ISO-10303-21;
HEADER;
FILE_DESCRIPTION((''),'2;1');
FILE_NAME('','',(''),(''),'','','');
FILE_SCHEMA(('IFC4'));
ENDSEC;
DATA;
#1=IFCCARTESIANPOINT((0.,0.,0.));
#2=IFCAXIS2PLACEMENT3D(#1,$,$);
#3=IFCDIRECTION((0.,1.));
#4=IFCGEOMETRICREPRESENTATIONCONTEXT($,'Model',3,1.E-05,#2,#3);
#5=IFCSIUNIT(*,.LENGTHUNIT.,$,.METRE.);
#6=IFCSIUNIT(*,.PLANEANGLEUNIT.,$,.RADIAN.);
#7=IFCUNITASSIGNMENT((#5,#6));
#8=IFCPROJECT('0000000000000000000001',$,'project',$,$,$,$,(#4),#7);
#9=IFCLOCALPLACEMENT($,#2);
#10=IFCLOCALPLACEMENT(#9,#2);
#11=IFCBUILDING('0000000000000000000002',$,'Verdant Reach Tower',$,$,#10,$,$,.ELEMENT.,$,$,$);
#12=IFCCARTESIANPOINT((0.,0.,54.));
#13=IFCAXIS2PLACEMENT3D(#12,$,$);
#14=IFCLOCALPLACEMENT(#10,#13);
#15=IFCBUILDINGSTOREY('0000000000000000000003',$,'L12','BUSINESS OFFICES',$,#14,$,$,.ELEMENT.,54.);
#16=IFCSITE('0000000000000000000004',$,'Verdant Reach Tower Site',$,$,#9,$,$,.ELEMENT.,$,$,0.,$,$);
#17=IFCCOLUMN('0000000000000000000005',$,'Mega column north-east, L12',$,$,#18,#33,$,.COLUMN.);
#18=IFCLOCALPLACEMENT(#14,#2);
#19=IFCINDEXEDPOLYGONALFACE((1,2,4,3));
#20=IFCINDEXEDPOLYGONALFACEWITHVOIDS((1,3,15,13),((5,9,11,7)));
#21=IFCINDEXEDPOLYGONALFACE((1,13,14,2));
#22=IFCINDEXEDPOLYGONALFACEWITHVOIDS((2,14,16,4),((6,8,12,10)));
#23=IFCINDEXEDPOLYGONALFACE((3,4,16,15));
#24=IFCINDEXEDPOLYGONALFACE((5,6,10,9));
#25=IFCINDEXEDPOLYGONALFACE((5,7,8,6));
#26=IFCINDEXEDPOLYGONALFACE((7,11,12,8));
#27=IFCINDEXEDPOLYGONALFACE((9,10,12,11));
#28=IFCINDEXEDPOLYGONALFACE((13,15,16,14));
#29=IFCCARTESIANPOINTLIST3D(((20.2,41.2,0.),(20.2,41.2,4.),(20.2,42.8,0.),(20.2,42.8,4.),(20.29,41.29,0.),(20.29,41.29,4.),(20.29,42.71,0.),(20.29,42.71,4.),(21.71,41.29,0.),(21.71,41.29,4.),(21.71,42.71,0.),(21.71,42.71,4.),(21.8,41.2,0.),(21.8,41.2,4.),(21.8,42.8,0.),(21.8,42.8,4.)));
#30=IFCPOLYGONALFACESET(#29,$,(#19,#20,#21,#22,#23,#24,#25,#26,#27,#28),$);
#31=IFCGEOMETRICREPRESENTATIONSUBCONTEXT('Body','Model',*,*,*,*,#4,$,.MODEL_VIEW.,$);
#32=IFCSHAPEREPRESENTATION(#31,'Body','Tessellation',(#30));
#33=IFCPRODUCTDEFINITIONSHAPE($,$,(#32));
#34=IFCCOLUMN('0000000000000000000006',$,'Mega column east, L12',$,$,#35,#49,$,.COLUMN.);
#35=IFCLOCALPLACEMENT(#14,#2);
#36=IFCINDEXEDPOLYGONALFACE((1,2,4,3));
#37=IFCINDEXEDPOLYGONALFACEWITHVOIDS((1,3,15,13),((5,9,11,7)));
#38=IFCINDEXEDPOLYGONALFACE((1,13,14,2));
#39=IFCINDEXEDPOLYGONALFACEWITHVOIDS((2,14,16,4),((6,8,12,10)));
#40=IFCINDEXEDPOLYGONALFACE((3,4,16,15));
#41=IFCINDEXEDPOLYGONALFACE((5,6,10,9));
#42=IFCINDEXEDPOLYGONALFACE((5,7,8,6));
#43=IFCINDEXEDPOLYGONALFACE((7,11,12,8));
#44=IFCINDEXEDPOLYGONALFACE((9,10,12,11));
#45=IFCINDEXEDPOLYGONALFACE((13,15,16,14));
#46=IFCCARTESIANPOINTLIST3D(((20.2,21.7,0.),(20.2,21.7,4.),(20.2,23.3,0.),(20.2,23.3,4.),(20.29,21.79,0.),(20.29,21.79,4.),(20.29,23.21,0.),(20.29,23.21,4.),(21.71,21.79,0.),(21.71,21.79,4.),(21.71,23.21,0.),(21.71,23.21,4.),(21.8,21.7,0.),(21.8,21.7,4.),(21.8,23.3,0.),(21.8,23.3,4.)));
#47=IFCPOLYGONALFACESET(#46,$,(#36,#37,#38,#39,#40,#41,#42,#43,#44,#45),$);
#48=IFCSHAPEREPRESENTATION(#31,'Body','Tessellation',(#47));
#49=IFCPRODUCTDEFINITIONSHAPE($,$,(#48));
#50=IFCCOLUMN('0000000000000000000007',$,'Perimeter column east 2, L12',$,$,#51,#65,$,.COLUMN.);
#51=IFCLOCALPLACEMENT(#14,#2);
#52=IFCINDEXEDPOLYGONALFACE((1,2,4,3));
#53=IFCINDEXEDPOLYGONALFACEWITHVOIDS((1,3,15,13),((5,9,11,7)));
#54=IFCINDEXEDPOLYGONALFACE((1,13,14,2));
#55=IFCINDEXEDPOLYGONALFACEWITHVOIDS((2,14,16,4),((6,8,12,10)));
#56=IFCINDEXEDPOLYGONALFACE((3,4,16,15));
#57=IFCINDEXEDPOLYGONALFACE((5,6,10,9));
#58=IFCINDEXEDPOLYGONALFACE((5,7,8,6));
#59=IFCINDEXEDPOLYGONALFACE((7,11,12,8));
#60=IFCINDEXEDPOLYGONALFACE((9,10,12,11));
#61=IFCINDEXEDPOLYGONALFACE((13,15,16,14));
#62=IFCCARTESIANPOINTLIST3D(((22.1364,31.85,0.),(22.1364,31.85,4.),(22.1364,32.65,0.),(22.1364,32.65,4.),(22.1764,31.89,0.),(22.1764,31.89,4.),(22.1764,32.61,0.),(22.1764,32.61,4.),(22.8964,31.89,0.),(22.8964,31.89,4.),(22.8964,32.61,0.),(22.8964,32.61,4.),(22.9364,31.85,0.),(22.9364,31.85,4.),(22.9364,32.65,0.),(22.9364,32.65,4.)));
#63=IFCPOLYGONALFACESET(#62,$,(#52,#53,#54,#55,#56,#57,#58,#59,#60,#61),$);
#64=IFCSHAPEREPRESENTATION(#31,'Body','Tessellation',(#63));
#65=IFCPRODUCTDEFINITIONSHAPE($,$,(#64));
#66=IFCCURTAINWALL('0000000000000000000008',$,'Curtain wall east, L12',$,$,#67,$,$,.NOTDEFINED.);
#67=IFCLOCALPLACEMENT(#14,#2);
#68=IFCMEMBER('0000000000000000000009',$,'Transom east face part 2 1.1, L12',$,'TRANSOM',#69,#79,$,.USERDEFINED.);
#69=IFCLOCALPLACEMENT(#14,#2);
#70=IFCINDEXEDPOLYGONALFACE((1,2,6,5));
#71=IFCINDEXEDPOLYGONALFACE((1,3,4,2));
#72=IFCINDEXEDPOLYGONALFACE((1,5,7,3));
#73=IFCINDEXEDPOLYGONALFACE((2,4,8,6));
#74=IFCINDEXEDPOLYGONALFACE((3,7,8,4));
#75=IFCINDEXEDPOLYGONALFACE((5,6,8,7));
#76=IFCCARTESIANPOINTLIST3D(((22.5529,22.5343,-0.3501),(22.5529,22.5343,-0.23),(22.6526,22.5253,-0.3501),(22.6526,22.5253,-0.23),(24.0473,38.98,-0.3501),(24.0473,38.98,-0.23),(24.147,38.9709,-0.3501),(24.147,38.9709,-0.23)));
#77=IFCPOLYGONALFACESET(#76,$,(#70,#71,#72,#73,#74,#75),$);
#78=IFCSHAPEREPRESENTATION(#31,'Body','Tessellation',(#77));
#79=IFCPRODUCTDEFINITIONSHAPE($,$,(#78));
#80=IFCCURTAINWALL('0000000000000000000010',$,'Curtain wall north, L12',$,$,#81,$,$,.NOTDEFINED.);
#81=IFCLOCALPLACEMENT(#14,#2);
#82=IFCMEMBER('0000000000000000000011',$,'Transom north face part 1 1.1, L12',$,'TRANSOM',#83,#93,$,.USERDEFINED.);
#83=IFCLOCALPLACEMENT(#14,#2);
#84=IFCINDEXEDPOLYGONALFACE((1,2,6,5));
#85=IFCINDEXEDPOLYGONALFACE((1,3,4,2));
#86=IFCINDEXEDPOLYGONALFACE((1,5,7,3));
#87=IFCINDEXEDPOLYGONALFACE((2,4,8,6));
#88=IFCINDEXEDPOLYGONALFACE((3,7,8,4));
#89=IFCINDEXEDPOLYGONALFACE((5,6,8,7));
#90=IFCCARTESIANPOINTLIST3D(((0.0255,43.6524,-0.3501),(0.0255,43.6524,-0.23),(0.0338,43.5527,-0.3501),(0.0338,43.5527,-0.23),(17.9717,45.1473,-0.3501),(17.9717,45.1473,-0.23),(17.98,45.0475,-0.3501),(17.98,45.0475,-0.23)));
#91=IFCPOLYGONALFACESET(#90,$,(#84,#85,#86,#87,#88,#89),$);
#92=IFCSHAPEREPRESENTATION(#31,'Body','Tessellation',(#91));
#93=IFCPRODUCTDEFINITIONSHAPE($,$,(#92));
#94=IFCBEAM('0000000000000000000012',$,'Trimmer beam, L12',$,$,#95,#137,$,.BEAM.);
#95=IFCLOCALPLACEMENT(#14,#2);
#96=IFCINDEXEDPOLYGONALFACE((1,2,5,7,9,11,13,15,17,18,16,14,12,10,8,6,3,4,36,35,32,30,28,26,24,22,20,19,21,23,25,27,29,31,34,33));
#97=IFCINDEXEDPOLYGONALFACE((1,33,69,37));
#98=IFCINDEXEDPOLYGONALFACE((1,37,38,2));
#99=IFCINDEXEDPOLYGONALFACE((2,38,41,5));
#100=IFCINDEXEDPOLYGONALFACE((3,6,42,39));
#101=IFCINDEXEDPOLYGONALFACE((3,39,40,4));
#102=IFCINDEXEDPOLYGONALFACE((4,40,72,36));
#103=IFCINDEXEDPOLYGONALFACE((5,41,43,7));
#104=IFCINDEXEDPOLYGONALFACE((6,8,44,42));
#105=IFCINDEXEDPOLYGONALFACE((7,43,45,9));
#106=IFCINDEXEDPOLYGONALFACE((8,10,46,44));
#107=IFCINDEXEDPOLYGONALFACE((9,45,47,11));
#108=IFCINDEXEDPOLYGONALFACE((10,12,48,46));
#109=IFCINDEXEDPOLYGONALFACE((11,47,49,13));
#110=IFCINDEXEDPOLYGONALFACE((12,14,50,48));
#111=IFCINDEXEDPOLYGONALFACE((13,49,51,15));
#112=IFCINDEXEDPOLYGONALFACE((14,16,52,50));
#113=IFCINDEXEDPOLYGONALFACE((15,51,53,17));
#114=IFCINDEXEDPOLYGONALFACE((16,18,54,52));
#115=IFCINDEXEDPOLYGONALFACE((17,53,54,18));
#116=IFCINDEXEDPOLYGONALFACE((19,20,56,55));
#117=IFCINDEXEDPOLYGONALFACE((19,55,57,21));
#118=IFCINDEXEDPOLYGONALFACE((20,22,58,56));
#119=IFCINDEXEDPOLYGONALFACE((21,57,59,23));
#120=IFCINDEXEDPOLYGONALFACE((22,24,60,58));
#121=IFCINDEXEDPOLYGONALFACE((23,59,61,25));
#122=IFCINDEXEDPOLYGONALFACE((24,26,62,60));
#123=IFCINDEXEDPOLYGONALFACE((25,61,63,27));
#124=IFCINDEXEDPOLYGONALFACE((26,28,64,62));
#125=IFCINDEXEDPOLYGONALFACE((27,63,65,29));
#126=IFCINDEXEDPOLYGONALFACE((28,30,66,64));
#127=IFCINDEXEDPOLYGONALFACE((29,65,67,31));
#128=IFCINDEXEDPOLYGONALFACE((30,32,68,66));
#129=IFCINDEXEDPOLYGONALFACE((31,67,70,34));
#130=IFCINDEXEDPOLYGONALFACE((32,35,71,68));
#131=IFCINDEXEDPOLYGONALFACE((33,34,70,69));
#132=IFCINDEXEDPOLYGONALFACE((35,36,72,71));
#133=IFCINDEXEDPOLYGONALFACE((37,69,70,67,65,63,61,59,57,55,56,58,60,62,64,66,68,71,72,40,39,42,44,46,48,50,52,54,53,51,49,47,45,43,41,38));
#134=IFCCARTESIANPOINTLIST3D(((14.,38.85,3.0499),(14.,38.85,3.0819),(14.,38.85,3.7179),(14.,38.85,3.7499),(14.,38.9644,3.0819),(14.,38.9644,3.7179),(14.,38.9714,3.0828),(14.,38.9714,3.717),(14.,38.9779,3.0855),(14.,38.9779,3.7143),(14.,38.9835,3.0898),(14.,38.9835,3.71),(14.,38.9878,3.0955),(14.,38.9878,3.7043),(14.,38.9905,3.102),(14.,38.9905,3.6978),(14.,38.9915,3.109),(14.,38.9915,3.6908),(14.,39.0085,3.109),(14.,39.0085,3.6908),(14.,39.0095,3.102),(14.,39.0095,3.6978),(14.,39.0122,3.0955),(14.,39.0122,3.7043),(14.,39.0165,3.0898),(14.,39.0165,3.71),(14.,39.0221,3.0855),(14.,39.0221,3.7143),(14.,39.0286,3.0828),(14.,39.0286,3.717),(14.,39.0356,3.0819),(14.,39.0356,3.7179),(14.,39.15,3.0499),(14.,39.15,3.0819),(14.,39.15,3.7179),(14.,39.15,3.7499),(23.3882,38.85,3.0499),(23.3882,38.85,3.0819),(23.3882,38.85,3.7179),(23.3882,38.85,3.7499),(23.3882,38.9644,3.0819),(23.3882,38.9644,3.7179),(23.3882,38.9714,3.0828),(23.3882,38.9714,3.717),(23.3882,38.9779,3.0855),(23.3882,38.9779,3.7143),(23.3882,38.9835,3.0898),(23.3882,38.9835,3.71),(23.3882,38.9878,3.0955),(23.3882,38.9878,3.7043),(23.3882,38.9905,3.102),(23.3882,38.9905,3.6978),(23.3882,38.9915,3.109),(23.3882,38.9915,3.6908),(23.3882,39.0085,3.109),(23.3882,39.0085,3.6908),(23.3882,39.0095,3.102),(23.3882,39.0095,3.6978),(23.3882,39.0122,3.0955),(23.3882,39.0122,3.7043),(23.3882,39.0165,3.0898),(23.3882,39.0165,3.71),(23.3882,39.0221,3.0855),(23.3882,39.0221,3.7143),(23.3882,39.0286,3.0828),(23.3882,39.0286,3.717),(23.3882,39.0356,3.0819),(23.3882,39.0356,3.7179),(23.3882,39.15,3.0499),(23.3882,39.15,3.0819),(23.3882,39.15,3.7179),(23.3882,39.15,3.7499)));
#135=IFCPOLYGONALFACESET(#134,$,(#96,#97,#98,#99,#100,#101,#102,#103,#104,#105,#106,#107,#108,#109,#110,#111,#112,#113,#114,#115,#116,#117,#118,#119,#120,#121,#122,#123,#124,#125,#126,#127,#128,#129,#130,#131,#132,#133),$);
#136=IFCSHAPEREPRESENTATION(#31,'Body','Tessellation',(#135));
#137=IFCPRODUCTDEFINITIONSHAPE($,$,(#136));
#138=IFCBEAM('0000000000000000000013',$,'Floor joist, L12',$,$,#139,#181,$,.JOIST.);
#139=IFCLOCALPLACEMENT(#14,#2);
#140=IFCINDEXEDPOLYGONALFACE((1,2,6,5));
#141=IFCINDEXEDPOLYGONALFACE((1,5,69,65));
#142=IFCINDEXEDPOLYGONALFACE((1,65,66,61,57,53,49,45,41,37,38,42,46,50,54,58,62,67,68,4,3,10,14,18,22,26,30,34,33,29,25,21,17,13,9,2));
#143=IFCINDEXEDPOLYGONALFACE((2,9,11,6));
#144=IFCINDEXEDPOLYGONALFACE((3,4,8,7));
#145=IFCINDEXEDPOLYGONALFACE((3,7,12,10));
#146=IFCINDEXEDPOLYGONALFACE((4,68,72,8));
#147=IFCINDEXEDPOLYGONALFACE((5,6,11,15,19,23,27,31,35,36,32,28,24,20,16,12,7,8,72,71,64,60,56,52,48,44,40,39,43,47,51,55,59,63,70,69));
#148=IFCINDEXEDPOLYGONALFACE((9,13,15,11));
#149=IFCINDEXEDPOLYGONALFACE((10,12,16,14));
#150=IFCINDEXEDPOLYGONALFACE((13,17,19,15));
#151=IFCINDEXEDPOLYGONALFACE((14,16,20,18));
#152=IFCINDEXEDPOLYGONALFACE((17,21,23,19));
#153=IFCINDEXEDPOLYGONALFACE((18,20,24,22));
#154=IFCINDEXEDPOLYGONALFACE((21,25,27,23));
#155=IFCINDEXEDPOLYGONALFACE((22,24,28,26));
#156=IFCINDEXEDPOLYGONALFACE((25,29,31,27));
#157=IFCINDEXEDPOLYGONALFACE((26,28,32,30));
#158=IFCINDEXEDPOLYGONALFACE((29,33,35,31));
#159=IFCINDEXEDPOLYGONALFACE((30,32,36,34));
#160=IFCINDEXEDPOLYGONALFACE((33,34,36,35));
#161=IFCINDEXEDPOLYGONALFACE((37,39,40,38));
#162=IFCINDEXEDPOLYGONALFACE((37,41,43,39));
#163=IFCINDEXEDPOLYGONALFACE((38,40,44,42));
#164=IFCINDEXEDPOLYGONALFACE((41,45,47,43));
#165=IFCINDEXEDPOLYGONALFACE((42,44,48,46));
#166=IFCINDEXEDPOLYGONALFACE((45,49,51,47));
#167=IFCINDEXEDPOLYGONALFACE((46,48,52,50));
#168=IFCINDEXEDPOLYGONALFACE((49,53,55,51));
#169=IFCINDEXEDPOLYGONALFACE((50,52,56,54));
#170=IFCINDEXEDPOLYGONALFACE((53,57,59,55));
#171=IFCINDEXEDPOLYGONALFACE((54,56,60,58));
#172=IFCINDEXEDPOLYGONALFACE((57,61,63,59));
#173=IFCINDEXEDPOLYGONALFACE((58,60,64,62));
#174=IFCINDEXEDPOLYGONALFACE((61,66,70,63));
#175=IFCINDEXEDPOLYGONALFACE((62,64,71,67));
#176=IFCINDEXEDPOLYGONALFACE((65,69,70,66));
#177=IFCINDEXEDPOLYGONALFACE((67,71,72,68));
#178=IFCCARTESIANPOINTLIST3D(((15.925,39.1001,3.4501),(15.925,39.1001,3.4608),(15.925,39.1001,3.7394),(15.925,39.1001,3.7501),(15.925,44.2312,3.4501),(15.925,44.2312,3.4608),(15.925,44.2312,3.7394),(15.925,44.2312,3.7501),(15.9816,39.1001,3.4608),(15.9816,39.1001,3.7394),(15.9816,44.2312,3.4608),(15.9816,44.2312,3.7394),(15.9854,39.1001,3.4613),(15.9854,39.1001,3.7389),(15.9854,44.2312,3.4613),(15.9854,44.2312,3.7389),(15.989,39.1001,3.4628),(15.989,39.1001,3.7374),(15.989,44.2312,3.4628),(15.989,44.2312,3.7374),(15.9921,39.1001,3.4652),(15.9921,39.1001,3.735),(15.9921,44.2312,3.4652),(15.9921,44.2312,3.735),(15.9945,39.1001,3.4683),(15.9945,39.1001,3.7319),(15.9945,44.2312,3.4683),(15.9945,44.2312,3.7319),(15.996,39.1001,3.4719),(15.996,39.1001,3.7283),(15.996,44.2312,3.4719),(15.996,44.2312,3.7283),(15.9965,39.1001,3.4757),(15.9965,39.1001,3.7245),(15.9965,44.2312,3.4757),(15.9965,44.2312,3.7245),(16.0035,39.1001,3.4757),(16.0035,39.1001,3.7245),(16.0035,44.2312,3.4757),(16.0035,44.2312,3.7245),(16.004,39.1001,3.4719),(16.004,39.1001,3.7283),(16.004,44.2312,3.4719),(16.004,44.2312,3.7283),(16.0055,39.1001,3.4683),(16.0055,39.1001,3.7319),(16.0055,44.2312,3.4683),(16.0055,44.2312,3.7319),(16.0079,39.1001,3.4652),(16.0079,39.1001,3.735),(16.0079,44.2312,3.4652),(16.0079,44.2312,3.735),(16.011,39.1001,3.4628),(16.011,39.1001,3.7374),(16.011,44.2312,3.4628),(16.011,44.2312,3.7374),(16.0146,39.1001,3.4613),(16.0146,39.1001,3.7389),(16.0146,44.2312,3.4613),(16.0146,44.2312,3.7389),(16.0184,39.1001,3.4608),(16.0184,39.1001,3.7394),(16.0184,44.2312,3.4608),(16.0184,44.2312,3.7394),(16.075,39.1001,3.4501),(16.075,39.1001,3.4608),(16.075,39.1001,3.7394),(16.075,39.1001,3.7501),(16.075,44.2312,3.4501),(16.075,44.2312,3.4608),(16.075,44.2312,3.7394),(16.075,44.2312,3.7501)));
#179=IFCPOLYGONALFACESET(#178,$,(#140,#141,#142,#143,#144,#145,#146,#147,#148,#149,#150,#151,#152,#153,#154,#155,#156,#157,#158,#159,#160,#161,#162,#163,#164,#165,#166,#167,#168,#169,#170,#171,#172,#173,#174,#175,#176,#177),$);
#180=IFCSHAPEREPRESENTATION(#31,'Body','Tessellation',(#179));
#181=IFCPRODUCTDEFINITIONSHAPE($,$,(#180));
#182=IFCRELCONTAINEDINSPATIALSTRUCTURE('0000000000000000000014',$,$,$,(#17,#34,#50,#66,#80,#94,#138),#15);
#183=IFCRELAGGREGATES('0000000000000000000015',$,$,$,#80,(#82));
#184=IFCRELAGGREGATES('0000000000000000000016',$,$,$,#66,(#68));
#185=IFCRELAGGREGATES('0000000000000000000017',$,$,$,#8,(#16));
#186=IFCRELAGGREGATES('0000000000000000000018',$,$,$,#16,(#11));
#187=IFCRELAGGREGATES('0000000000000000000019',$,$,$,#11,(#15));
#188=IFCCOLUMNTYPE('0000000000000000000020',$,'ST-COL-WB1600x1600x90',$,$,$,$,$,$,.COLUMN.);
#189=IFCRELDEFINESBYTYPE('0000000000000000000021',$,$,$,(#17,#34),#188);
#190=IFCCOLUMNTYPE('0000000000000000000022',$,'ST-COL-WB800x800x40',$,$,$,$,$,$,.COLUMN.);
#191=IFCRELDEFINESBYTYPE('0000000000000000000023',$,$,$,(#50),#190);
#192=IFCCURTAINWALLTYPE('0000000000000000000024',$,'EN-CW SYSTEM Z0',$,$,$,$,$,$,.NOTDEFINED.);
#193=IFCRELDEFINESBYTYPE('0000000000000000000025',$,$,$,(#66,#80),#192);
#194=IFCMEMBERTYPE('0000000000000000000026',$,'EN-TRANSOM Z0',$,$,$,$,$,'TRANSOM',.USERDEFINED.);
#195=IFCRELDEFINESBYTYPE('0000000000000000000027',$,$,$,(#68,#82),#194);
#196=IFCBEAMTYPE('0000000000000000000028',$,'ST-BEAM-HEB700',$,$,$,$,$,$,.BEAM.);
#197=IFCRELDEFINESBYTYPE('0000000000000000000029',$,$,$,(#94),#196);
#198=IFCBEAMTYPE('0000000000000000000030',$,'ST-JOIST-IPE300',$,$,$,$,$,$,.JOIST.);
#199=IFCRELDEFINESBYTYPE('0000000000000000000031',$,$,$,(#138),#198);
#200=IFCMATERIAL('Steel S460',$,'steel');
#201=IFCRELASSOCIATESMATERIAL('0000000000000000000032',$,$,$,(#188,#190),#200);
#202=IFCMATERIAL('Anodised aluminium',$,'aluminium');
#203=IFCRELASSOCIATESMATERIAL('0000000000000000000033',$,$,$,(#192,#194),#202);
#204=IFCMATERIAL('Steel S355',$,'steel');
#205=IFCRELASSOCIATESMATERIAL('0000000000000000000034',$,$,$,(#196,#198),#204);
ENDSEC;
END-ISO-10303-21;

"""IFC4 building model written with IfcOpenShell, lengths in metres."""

from ifc_helpers import new_model, si_unit, direction, frame, origin, origin_2d, place, context, subcontext, project, spatial, rectangle, hollow_rectangle, i_section, extrude, material, material_profile, profile_set, type_object, element, aggregate, save


model = new_model("IFC4")

# Units and contexts
model_context = context("Model", 3, precision=1e-05, world=origin(), true_north=direction((0.0, 1.0)))
body_context = subcontext(model_context, "Body", "Model", "MODEL_VIEW")
ifc_project = project(units=[si_unit("LENGTHUNIT", "METRE"), si_unit("PLANEANGLEUNIT", "RADIAN")], contexts=[model_context])

# Site, building, storey
site_placement = place(None, origin())
site = spatial("IfcSite", under=ifc_project, at=site_placement, Name="Verdant Reach Tower Site", CompositionType="ELEMENT", RefElevation=0.0)
building_placement = place(site_placement, origin())
building = spatial("IfcBuilding", under=site, at=building_placement, Name="Verdant Reach Tower", CompositionType="ELEMENT")
storey_placement = place(building_placement, frame((0.0, 0.0, 54.0)))
storey = spatial("IfcBuildingStorey", under=building, at=storey_placement, Name="L12", Description="BUSINESS OFFICES", CompositionType="ELEMENT", Elevation=54.0)

# Columns
ifc_material_1 = material(Name="Steel S460", Category="steel")
ifc_material_profile_1 = material_profile(ifc_material_1, hollow_rectangle(XDim=1.6001, YDim=1.6001, WallThickness=0.0901, at=origin_2d()), Name="WB 1600x1600x90")
ifc_profile_set_1 = profile_set([ifc_material_profile_1], Name="Steel S460")
column_type_1 = type_object("IfcColumnType", Name="ST-COL-WB1600x1600x90", PredefinedType="COLUMN", material=ifc_profile_set_1)
for number, where, z_axis, x_axis, name in (
    (1, (21.0, 42.0, 0.0), (0.0, 0.0, 1.0), (1.0, 0.0, 0.0), "Mega column north-east, L12"),
    (2, (21.0, 22.5, 0.0), (0.0, 0.0, 1.0), (1.0, 0.0, 0.0), "Mega column east, L12"),
):
    element("IfcColumn", number, at=place(storey_placement, frame(where, z_axis=z_axis, x_axis=x_axis)), inside=storey, type_object=column_type_1, Name=name, PredefinedType="COLUMN", context=body_context, shape_type="SweptSolid", body=[
        extrude(hollow_rectangle(XDim=1.6001, YDim=1.6001, WallThickness=0.0901, at=origin_2d()), origin(), (0.0, 0.0, 1.0), 4.0),
    ])
ifc_material_profile_2 = material_profile(ifc_material_1, hollow_rectangle(XDim=0.8, YDim=0.8, WallThickness=0.04, at=origin_2d()), Name="WB 800x800x40")
ifc_profile_set_2 = profile_set([ifc_material_profile_2], Name="Steel S460")
column_type_2 = type_object("IfcColumnType", Name="ST-COL-WB800x800x40", PredefinedType="COLUMN", material=ifc_profile_set_2)
column_placement = place(storey_placement, frame((22.5364, 32.25, 0.0), z_axis=(0.0, 0.0, 1.0), x_axis=(1.0, 0.0, 0.0)))
element("IfcColumn", 3, at=column_placement, inside=storey, type_object=column_type_2, Name="Perimeter column east 2, L12", PredefinedType="COLUMN", context=body_context, shape_type="SweptSolid", body=[
    extrude(hollow_rectangle(XDim=0.8, YDim=0.8, WallThickness=0.04, at=origin_2d()), origin(), (0.0, 0.0, 1.0), 4.0),
])

# Curtain walls, members
ifc_material_2 = material(Name="Anodised aluminium", Category="aluminium")
curtain_wall_type = type_object("IfcCurtainWallType", Name="EN-CW SYSTEM Z0", PredefinedType="NOTDEFINED", material=ifc_material_2)
curtain_wall_1_placement = place(storey_placement, origin())
curtain_wall_1 = element("IfcCurtainWall", 4, at=curtain_wall_1_placement, inside=storey, type_object=curtain_wall_type, Name="Curtain wall east, L12", PredefinedType="NOTDEFINED")
ifc_material_profile_3 = material_profile(ifc_material_2, rectangle(XDim=0.1001, YDim=0.1201, at=origin_2d()), Name="Transom 120x100")
ifc_profile_set_3 = profile_set([ifc_material_profile_3], Name="Anodised aluminium")
member_type = type_object("IfcMemberType", Name="EN-TRANSOM Z0", ElementType="TRANSOM", PredefinedType="USERDEFINED", material=ifc_profile_set_3)
member_1_placement = place(storey_placement, frame((22.6028, 22.5298, -0.29), z_axis=(0.090496, 0.995897, 0.0), x_axis=(-0.995897, 0.090496, 0.0)))
member_1 = element("IfcMember", 5, at=member_1_placement, type_object=member_type, Name="Transom east face part 2 1.1, L12", ObjectType="TRANSOM", PredefinedType="USERDEFINED", context=body_context, shape_type="SweptSolid", body=[
    extrude(rectangle(XDim=0.1001, YDim=0.1201, at=origin_2d()), origin(), (0.0, 0.0, 1.0), 16.5134),
])
curtain_wall_2_placement = place(storey_placement, origin())
curtain_wall_2 = element("IfcCurtainWall", 6, at=curtain_wall_2_placement, inside=storey, type_object=curtain_wall_type, Name="Curtain wall north, L12", PredefinedType="NOTDEFINED")
member_2_placement = place(storey_placement, frame((17.9758, 45.0974, -0.29), z_axis=(-0.996549, -0.083011, 0.0), x_axis=(0.083011, -0.996549, 0.0)))
member_2 = element("IfcMember", 7, at=member_2_placement, type_object=member_type, Name="Transom north face part 1 1.1, L12", ObjectType="TRANSOM", PredefinedType="USERDEFINED", context=body_context, shape_type="SweptSolid", body=[
    extrude(rectangle(XDim=0.1001, YDim=0.1201, at=origin_2d()), origin(), (0.0, 0.0, 1.0), 18.0083),
])

# Beams
ifc_material_3 = material(Name="Steel S355", Category="steel")
ifc_material_profile_4 = material_profile(ifc_material_3, i_section(OverallWidth=0.3, OverallDepth=0.7, WebThickness=0.0171, FlangeThickness=0.032, FilletRadius=0.0271, at=origin_2d()), Name="HEB 700")
ifc_profile_set_4 = profile_set([ifc_material_profile_4], Name="Steel S355")
beam_type_1 = type_object("IfcBeamType", Name="ST-BEAM-HEB700", PredefinedType="BEAM", material=ifc_profile_set_4)
beam_1_placement = place(storey_placement, frame((14.0, 39.0, 3.3999), z_axis=(1.0, 0.0, 0.0), x_axis=(0.0, 1.0, 0.0)))
element("IfcBeam", 8, at=beam_1_placement, inside=storey, type_object=beam_type_1, Name="Trimmer beam, L12", PredefinedType="BEAM", context=body_context, shape_type="SweptSolid", body=[
    extrude(i_section(OverallWidth=0.3, OverallDepth=0.7, WebThickness=0.0171, FlangeThickness=0.032, FilletRadius=0.0271, at=origin_2d()), origin(), (0.0, 0.0, 1.0), 9.3882),
])
ifc_material_profile_5 = material_profile(ifc_material_3, i_section(OverallWidth=0.1499, OverallDepth=0.3, WebThickness=0.0071, FlangeThickness=0.0107, FilletRadius=0.0149, at=origin_2d()), Name="IPE 300")
ifc_profile_set_5 = profile_set([ifc_material_profile_5], Name="Steel S355")
beam_type_2 = type_object("IfcBeamType", Name="ST-JOIST-IPE300", PredefinedType="JOIST", material=ifc_profile_set_5)
beam_2_placement = place(storey_placement, frame((16.0, 39.1001, 3.6001), z_axis=(0.0, 1.0, 0.0), x_axis=(-1.0, 0.0, 0.0)))
element("IfcBeam", 9, at=beam_2_placement, inside=storey, type_object=beam_type_2, Name="Floor joist, L12", PredefinedType="JOIST", context=body_context, shape_type="SweptSolid", body=[
    extrude(i_section(OverallWidth=0.1499, OverallDepth=0.3, WebThickness=0.0071, FlangeThickness=0.0107, FilletRadius=0.0149, at=origin_2d()), origin(), (0.0, 0.0, 1.0), 5.1311),
])

aggregate(curtain_wall_2, [member_2])
aggregate(curtain_wall_1, [member_1])

save(model, "model.ifc")
